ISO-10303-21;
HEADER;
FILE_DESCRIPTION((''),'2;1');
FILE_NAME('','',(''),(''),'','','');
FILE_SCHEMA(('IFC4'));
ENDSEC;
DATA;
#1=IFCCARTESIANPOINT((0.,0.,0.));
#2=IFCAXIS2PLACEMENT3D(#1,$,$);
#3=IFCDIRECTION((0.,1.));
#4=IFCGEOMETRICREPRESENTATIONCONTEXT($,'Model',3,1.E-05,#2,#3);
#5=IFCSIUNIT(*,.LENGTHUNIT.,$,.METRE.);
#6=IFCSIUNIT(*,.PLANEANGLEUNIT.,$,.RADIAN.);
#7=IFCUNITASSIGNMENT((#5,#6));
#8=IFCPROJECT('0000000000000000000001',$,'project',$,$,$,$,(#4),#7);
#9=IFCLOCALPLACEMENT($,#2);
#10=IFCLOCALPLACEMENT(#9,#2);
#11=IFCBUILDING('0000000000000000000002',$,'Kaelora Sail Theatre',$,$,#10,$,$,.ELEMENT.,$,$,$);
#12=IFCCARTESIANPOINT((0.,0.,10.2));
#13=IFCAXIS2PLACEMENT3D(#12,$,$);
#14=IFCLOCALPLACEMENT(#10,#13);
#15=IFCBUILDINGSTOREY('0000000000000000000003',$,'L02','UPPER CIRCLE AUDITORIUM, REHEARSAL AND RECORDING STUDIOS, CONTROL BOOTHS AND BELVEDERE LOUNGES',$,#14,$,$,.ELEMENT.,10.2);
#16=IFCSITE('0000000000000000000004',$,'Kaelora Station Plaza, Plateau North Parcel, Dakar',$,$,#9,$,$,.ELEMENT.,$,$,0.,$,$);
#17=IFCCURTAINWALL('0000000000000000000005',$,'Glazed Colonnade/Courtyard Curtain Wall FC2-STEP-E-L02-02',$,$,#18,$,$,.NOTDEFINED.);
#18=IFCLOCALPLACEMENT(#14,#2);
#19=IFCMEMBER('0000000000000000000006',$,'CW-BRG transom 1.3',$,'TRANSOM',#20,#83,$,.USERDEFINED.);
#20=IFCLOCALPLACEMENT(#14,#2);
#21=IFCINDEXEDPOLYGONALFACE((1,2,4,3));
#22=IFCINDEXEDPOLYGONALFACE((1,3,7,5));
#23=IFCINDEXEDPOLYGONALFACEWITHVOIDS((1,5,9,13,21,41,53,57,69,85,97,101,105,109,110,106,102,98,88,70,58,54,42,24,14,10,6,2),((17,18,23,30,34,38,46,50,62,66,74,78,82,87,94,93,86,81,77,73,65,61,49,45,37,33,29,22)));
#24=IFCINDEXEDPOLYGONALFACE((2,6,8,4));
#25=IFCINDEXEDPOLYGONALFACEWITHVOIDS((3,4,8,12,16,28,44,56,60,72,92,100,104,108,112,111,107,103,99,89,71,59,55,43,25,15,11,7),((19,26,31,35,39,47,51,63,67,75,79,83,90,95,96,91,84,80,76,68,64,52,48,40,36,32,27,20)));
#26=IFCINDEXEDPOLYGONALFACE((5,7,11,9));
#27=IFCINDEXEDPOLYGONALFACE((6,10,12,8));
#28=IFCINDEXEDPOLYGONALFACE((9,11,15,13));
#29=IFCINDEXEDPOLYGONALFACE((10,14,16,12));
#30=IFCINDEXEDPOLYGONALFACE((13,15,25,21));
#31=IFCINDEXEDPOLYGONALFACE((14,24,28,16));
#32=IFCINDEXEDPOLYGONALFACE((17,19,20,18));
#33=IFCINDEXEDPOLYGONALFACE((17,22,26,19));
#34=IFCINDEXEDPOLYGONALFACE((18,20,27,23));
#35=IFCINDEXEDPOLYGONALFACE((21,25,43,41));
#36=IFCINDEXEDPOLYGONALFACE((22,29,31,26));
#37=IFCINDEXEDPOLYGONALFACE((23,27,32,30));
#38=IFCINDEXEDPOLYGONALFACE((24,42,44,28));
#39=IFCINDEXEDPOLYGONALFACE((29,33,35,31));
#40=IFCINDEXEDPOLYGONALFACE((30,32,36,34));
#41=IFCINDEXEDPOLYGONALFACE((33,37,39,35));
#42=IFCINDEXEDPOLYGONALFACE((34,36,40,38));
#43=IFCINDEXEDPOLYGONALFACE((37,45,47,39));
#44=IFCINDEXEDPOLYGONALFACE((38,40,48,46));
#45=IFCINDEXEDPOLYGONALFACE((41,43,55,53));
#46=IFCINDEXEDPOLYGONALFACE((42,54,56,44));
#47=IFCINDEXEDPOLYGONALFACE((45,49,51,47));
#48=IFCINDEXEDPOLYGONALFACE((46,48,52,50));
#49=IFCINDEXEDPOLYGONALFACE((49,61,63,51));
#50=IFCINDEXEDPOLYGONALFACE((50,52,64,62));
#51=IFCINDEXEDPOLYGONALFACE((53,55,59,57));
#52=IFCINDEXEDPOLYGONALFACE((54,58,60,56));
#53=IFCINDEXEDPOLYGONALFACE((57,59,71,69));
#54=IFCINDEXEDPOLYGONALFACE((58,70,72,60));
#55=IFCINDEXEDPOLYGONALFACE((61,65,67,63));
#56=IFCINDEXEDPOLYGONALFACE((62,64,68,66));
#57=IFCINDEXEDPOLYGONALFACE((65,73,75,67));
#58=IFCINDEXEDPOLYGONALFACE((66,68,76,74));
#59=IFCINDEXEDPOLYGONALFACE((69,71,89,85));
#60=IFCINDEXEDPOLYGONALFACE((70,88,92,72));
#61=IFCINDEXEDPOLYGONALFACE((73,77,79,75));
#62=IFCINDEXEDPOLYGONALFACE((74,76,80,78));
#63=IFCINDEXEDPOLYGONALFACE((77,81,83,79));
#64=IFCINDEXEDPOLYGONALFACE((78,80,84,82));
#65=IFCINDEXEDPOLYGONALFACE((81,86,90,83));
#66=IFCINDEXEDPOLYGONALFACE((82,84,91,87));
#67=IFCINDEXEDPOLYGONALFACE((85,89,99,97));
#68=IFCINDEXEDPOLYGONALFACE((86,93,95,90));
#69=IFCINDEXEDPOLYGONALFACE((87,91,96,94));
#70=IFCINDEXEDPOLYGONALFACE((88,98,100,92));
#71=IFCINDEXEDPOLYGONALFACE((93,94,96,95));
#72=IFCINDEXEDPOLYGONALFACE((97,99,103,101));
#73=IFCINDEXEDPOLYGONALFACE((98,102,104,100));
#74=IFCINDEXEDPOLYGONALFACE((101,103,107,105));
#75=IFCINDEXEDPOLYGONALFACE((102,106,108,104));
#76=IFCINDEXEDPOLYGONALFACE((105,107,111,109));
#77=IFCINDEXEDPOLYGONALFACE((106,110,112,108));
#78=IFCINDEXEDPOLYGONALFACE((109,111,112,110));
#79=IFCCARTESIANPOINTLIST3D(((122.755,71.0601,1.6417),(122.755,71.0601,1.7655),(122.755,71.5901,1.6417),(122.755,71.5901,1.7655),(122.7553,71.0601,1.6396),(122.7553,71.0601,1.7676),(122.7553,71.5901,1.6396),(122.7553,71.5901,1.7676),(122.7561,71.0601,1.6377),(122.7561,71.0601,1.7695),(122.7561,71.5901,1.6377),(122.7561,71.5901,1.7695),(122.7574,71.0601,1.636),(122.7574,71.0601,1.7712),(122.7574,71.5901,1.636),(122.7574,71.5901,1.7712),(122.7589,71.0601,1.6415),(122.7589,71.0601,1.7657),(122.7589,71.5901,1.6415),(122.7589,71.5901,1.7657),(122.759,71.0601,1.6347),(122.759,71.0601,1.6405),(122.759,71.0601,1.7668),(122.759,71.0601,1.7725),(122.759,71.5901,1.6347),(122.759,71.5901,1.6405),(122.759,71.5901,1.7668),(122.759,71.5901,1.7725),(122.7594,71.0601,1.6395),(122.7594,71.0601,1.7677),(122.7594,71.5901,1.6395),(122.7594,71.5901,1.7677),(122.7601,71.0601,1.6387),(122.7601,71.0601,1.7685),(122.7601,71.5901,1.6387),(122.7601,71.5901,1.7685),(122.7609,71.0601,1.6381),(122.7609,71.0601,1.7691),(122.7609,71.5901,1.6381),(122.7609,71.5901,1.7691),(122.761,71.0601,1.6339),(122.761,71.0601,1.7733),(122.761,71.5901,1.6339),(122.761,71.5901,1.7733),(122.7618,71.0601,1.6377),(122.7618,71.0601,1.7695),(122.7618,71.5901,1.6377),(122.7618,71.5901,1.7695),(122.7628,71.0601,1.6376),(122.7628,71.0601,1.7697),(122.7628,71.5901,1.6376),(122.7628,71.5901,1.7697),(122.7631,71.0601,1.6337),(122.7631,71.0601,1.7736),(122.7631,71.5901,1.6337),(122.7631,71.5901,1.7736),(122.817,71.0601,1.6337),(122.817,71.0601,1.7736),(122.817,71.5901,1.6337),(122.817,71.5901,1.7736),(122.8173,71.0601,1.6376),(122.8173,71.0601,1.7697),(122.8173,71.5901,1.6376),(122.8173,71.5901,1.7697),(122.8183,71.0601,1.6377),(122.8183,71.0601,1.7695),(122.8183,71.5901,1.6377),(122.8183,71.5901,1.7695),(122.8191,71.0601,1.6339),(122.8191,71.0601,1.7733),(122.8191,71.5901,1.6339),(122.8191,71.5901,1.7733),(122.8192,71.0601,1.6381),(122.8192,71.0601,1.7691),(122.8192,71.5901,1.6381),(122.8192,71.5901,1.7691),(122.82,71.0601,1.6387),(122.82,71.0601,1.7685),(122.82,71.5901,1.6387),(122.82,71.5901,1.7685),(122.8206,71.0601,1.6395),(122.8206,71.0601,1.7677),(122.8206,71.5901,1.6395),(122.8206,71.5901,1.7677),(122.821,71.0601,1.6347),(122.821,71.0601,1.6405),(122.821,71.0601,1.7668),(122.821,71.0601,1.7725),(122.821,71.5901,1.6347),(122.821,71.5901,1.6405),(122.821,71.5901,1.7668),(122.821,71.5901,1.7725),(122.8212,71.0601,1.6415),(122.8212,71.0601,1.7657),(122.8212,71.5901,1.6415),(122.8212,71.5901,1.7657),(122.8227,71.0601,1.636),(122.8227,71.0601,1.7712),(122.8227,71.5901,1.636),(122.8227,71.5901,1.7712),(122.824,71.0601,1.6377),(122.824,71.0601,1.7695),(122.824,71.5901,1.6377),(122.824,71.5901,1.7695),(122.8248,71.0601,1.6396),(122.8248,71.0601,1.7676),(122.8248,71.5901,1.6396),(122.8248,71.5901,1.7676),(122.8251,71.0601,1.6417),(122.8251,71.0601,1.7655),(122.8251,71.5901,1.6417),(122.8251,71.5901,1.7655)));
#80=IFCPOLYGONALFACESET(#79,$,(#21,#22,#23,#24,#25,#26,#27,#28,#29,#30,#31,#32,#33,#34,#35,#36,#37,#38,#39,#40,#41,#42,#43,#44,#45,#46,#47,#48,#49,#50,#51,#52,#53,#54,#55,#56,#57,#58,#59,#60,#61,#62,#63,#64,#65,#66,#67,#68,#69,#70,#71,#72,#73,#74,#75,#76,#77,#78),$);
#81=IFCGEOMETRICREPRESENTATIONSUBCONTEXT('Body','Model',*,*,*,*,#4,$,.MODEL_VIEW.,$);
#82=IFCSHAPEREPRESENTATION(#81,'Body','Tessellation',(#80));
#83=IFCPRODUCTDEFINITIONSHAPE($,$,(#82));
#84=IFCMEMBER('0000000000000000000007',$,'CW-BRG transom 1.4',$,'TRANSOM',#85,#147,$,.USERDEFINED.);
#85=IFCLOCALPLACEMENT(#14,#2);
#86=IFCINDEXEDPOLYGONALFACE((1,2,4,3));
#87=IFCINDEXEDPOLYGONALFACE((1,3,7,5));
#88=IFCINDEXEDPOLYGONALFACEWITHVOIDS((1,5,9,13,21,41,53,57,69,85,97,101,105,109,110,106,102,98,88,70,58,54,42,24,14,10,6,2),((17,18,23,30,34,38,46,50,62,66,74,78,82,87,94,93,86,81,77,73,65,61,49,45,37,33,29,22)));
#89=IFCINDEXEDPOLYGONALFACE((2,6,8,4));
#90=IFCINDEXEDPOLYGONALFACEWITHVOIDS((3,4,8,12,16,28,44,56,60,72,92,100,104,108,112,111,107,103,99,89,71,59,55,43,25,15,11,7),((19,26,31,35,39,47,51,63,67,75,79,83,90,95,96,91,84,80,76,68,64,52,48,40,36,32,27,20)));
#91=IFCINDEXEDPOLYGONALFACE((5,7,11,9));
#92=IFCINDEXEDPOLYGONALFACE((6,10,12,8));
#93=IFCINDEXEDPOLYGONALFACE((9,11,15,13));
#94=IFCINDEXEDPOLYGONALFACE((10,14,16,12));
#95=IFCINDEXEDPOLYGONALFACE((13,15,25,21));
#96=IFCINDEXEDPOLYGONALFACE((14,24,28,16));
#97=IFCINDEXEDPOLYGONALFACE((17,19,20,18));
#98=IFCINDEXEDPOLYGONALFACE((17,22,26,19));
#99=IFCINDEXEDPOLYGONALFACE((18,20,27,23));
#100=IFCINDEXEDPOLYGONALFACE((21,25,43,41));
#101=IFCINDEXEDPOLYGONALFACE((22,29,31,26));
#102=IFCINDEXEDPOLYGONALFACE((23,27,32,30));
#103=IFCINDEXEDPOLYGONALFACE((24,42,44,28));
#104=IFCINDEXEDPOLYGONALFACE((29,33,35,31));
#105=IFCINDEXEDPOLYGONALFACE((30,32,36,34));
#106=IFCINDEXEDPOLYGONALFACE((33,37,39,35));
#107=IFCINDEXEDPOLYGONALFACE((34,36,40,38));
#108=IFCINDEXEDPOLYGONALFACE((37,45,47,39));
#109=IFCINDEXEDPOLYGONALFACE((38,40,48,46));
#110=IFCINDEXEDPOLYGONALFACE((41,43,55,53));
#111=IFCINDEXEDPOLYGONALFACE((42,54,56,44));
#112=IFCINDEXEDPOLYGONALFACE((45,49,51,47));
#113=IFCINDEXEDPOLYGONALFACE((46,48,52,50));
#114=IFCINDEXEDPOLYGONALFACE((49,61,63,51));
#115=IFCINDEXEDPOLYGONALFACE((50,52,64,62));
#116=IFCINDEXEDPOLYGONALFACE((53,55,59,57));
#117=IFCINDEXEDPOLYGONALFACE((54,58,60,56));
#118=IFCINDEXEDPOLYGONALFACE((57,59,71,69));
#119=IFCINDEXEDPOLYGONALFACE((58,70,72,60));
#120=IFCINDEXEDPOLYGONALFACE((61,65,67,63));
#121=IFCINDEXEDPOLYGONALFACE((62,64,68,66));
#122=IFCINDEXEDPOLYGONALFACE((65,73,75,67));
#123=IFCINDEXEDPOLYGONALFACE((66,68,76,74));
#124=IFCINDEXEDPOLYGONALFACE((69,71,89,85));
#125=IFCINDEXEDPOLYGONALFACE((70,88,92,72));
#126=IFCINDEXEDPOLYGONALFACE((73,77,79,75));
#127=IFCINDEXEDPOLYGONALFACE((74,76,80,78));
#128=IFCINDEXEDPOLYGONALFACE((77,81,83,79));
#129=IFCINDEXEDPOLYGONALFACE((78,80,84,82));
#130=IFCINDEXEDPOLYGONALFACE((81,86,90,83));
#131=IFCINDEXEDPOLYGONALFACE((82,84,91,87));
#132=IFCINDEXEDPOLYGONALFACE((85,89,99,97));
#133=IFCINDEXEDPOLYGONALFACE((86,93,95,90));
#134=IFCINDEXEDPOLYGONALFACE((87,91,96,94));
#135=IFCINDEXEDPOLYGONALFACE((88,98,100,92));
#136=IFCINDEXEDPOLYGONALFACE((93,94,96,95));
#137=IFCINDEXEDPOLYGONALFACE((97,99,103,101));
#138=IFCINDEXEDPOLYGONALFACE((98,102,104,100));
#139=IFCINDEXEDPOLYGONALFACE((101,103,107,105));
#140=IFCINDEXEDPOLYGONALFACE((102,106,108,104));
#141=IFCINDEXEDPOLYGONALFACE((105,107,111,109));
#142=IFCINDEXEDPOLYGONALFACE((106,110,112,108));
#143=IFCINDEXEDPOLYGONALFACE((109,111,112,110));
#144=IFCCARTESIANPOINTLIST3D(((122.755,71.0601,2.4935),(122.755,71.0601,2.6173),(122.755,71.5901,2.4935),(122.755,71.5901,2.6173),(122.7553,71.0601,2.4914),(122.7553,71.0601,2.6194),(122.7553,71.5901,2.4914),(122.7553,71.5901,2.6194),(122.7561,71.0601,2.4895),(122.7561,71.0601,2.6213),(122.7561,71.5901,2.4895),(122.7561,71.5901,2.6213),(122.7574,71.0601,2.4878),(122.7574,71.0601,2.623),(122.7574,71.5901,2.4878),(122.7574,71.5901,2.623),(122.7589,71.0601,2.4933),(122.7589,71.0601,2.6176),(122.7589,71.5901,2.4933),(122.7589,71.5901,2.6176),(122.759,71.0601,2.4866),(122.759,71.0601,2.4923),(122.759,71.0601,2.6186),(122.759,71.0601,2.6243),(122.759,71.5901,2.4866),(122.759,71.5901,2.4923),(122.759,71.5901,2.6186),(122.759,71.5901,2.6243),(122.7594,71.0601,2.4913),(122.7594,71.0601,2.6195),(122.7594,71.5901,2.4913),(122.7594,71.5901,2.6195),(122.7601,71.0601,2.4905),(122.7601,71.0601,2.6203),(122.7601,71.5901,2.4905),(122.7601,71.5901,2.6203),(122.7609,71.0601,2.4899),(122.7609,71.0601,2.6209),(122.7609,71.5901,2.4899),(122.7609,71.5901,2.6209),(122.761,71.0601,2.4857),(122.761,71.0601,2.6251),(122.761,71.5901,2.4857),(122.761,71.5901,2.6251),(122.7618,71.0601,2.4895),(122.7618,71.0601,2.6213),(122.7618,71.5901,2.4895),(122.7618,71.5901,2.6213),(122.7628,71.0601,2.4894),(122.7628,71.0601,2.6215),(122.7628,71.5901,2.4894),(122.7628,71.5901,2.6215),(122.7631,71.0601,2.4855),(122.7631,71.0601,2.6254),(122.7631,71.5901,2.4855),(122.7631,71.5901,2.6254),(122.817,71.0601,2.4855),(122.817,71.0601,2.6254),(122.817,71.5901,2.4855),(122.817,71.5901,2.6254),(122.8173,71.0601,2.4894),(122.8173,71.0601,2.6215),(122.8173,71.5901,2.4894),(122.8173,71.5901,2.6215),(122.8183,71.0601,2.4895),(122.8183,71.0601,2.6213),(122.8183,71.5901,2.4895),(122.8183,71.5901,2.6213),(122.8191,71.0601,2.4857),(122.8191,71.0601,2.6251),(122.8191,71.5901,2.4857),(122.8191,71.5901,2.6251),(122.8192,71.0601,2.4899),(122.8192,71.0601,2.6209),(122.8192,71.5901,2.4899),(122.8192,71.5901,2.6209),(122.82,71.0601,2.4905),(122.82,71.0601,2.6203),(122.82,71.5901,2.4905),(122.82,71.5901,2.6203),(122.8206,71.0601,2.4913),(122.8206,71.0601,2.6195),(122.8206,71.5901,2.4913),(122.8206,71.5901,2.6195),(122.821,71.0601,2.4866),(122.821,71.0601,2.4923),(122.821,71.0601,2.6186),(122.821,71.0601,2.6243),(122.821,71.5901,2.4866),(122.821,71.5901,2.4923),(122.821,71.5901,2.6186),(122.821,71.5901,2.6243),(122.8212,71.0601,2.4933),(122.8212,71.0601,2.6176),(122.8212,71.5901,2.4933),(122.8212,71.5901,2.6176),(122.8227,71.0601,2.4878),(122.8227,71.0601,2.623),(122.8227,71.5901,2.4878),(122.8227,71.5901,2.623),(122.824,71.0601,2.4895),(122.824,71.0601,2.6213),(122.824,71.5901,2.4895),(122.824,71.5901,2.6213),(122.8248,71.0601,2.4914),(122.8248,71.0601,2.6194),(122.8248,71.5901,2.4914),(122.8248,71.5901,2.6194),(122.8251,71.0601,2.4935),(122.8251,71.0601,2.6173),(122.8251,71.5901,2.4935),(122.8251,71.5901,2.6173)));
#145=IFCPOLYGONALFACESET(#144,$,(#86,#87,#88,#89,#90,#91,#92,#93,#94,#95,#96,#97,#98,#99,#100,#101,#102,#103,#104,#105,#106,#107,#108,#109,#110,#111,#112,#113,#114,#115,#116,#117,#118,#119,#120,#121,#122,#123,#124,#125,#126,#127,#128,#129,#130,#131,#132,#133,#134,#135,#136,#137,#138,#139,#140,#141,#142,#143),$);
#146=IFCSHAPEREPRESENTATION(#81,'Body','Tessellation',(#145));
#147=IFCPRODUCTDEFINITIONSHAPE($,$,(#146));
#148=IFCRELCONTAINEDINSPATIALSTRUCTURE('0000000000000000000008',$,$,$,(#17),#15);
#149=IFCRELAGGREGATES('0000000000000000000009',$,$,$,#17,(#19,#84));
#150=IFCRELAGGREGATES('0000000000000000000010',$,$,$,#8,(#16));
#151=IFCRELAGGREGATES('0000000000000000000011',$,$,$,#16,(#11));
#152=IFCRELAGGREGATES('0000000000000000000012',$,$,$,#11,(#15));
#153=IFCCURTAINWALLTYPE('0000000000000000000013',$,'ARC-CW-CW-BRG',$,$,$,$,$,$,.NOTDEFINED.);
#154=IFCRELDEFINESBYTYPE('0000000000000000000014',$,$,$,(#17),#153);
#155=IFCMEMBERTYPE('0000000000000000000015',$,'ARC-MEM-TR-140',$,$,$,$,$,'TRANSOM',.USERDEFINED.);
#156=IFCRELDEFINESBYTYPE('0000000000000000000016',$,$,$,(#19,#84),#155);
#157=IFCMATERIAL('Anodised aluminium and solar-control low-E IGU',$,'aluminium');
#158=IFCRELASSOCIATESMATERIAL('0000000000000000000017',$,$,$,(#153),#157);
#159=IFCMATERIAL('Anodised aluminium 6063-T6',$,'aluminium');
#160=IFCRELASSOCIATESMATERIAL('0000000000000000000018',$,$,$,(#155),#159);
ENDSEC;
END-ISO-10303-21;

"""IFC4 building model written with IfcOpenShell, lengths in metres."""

from ifc_helpers import new_model, si_unit, direction, frame, origin, origin_2d, place, context, subcontext, project, spatial, hollow_rectangle, extrude, material, material_profile, profile_set, type_object, element, aggregate, save


model = new_model("IFC4")

# Units and contexts
model_context = context("Model", 3, precision=1e-05, world=origin(), true_north=direction((0.0, 1.0)))
body_context = subcontext(model_context, "Body", "Model", "MODEL_VIEW")
ifc_project = project(units=[si_unit("LENGTHUNIT", "METRE"), si_unit("PLANEANGLEUNIT", "RADIAN")], contexts=[model_context])

# Site, building, storey
site_placement = place(None, origin())
site = spatial("IfcSite", under=ifc_project, at=site_placement, Name="Kaelora Station Plaza, Plateau North Parcel, Dakar", CompositionType="ELEMENT", RefElevation=0.0)
building_placement = place(site_placement, origin())
building = spatial("IfcBuilding", under=site, at=building_placement, Name="Kaelora Sail Theatre", CompositionType="ELEMENT")
storey_placement = place(building_placement, frame((0.0, 0.0, 10.2)))
storey = spatial("IfcBuildingStorey", under=building, at=storey_placement, Name="L02", Description="UPPER CIRCLE AUDITORIUM, REHEARSAL AND RECORDING STUDIOS, CONTROL BOOTHS AND BELVEDERE LOUNGES", CompositionType="ELEMENT", Elevation=10.2)

# Curtain wall, members
ifc_material_1 = material(Name="Anodised aluminium and solar-control low-E IGU", Category="aluminium")
curtain_wall_type = type_object("IfcCurtainWallType", Name="ARC-CW-CW-BRG", PredefinedType="NOTDEFINED", material=ifc_material_1)
curtain_wall_placement = place(storey_placement, origin())
curtain_wall = element("IfcCurtainWall", 1, at=curtain_wall_placement, inside=storey, type_object=curtain_wall_type, Name="Glazed Colonnade/Courtyard Curtain Wall FC2-STEP-E-L02-02", PredefinedType="NOTDEFINED")
ifc_material_2 = material(Name="Anodised aluminium 6063-T6", Category="aluminium")
ifc_material_profile_1 = material_profile(ifc_material_2, hollow_rectangle(XDim=0.0701, YDim=0.1399, WallThickness=0.0039, InnerFilletRadius=0.0039, OuterFilletRadius=0.0081, at=origin_2d()), Name="ALU-TRAN 70x140x4")
ifc_profile_set_1 = profile_set([ifc_material_profile_1], Name="Anodised aluminium 6063-T6")
member_type_1 = type_object("IfcMemberType", Name="ARC-MEM-TR-140", ElementType="TRANSOM", PredefinedType="USERDEFINED", material=ifc_profile_set_1)
member_1_placement = place(storey_placement, frame((122.79, 71.0601, 1.7036), z_axis=(0.0, 1.0, 0.0), x_axis=(-1.0, 0.0, 0.0)))
member_1 = element("IfcMember", 2, at=member_1_placement, type_object=member_type_1, Name="CW-BRG transom 1.3", ObjectType="TRANSOM", PredefinedType="USERDEFINED", context=body_context, shape_type="SweptSolid", body=[
    extrude(hollow_rectangle(XDim=0.0701, YDim=0.1399, WallThickness=0.0039, InnerFilletRadius=0.0039, OuterFilletRadius=0.0081, at=origin_2d()), origin(), (0.0, 0.0, 1.0), 0.53),
])
member_2_placement = place(storey_placement, frame((122.79, 71.0601, 2.5554), z_axis=(0.0, 1.0, 0.0), x_axis=(-1.0, 0.0, 0.0)))
member_2 = element("IfcMember", 3, at=member_2_placement, type_object=member_type_1, Name="CW-BRG transom 1.4", ObjectType="TRANSOM", PredefinedType="USERDEFINED", context=body_context, shape_type="SweptSolid", body=[
    extrude(hollow_rectangle(XDim=0.0701, YDim=0.1399, WallThickness=0.0039, InnerFilletRadius=0.0039, OuterFilletRadius=0.0081, at=origin_2d()), origin(), (0.0, 0.0, 1.0), 0.53),
])
aggregate(curtain_wall, [member_1, member_2])

save(model, "model.ifc")
